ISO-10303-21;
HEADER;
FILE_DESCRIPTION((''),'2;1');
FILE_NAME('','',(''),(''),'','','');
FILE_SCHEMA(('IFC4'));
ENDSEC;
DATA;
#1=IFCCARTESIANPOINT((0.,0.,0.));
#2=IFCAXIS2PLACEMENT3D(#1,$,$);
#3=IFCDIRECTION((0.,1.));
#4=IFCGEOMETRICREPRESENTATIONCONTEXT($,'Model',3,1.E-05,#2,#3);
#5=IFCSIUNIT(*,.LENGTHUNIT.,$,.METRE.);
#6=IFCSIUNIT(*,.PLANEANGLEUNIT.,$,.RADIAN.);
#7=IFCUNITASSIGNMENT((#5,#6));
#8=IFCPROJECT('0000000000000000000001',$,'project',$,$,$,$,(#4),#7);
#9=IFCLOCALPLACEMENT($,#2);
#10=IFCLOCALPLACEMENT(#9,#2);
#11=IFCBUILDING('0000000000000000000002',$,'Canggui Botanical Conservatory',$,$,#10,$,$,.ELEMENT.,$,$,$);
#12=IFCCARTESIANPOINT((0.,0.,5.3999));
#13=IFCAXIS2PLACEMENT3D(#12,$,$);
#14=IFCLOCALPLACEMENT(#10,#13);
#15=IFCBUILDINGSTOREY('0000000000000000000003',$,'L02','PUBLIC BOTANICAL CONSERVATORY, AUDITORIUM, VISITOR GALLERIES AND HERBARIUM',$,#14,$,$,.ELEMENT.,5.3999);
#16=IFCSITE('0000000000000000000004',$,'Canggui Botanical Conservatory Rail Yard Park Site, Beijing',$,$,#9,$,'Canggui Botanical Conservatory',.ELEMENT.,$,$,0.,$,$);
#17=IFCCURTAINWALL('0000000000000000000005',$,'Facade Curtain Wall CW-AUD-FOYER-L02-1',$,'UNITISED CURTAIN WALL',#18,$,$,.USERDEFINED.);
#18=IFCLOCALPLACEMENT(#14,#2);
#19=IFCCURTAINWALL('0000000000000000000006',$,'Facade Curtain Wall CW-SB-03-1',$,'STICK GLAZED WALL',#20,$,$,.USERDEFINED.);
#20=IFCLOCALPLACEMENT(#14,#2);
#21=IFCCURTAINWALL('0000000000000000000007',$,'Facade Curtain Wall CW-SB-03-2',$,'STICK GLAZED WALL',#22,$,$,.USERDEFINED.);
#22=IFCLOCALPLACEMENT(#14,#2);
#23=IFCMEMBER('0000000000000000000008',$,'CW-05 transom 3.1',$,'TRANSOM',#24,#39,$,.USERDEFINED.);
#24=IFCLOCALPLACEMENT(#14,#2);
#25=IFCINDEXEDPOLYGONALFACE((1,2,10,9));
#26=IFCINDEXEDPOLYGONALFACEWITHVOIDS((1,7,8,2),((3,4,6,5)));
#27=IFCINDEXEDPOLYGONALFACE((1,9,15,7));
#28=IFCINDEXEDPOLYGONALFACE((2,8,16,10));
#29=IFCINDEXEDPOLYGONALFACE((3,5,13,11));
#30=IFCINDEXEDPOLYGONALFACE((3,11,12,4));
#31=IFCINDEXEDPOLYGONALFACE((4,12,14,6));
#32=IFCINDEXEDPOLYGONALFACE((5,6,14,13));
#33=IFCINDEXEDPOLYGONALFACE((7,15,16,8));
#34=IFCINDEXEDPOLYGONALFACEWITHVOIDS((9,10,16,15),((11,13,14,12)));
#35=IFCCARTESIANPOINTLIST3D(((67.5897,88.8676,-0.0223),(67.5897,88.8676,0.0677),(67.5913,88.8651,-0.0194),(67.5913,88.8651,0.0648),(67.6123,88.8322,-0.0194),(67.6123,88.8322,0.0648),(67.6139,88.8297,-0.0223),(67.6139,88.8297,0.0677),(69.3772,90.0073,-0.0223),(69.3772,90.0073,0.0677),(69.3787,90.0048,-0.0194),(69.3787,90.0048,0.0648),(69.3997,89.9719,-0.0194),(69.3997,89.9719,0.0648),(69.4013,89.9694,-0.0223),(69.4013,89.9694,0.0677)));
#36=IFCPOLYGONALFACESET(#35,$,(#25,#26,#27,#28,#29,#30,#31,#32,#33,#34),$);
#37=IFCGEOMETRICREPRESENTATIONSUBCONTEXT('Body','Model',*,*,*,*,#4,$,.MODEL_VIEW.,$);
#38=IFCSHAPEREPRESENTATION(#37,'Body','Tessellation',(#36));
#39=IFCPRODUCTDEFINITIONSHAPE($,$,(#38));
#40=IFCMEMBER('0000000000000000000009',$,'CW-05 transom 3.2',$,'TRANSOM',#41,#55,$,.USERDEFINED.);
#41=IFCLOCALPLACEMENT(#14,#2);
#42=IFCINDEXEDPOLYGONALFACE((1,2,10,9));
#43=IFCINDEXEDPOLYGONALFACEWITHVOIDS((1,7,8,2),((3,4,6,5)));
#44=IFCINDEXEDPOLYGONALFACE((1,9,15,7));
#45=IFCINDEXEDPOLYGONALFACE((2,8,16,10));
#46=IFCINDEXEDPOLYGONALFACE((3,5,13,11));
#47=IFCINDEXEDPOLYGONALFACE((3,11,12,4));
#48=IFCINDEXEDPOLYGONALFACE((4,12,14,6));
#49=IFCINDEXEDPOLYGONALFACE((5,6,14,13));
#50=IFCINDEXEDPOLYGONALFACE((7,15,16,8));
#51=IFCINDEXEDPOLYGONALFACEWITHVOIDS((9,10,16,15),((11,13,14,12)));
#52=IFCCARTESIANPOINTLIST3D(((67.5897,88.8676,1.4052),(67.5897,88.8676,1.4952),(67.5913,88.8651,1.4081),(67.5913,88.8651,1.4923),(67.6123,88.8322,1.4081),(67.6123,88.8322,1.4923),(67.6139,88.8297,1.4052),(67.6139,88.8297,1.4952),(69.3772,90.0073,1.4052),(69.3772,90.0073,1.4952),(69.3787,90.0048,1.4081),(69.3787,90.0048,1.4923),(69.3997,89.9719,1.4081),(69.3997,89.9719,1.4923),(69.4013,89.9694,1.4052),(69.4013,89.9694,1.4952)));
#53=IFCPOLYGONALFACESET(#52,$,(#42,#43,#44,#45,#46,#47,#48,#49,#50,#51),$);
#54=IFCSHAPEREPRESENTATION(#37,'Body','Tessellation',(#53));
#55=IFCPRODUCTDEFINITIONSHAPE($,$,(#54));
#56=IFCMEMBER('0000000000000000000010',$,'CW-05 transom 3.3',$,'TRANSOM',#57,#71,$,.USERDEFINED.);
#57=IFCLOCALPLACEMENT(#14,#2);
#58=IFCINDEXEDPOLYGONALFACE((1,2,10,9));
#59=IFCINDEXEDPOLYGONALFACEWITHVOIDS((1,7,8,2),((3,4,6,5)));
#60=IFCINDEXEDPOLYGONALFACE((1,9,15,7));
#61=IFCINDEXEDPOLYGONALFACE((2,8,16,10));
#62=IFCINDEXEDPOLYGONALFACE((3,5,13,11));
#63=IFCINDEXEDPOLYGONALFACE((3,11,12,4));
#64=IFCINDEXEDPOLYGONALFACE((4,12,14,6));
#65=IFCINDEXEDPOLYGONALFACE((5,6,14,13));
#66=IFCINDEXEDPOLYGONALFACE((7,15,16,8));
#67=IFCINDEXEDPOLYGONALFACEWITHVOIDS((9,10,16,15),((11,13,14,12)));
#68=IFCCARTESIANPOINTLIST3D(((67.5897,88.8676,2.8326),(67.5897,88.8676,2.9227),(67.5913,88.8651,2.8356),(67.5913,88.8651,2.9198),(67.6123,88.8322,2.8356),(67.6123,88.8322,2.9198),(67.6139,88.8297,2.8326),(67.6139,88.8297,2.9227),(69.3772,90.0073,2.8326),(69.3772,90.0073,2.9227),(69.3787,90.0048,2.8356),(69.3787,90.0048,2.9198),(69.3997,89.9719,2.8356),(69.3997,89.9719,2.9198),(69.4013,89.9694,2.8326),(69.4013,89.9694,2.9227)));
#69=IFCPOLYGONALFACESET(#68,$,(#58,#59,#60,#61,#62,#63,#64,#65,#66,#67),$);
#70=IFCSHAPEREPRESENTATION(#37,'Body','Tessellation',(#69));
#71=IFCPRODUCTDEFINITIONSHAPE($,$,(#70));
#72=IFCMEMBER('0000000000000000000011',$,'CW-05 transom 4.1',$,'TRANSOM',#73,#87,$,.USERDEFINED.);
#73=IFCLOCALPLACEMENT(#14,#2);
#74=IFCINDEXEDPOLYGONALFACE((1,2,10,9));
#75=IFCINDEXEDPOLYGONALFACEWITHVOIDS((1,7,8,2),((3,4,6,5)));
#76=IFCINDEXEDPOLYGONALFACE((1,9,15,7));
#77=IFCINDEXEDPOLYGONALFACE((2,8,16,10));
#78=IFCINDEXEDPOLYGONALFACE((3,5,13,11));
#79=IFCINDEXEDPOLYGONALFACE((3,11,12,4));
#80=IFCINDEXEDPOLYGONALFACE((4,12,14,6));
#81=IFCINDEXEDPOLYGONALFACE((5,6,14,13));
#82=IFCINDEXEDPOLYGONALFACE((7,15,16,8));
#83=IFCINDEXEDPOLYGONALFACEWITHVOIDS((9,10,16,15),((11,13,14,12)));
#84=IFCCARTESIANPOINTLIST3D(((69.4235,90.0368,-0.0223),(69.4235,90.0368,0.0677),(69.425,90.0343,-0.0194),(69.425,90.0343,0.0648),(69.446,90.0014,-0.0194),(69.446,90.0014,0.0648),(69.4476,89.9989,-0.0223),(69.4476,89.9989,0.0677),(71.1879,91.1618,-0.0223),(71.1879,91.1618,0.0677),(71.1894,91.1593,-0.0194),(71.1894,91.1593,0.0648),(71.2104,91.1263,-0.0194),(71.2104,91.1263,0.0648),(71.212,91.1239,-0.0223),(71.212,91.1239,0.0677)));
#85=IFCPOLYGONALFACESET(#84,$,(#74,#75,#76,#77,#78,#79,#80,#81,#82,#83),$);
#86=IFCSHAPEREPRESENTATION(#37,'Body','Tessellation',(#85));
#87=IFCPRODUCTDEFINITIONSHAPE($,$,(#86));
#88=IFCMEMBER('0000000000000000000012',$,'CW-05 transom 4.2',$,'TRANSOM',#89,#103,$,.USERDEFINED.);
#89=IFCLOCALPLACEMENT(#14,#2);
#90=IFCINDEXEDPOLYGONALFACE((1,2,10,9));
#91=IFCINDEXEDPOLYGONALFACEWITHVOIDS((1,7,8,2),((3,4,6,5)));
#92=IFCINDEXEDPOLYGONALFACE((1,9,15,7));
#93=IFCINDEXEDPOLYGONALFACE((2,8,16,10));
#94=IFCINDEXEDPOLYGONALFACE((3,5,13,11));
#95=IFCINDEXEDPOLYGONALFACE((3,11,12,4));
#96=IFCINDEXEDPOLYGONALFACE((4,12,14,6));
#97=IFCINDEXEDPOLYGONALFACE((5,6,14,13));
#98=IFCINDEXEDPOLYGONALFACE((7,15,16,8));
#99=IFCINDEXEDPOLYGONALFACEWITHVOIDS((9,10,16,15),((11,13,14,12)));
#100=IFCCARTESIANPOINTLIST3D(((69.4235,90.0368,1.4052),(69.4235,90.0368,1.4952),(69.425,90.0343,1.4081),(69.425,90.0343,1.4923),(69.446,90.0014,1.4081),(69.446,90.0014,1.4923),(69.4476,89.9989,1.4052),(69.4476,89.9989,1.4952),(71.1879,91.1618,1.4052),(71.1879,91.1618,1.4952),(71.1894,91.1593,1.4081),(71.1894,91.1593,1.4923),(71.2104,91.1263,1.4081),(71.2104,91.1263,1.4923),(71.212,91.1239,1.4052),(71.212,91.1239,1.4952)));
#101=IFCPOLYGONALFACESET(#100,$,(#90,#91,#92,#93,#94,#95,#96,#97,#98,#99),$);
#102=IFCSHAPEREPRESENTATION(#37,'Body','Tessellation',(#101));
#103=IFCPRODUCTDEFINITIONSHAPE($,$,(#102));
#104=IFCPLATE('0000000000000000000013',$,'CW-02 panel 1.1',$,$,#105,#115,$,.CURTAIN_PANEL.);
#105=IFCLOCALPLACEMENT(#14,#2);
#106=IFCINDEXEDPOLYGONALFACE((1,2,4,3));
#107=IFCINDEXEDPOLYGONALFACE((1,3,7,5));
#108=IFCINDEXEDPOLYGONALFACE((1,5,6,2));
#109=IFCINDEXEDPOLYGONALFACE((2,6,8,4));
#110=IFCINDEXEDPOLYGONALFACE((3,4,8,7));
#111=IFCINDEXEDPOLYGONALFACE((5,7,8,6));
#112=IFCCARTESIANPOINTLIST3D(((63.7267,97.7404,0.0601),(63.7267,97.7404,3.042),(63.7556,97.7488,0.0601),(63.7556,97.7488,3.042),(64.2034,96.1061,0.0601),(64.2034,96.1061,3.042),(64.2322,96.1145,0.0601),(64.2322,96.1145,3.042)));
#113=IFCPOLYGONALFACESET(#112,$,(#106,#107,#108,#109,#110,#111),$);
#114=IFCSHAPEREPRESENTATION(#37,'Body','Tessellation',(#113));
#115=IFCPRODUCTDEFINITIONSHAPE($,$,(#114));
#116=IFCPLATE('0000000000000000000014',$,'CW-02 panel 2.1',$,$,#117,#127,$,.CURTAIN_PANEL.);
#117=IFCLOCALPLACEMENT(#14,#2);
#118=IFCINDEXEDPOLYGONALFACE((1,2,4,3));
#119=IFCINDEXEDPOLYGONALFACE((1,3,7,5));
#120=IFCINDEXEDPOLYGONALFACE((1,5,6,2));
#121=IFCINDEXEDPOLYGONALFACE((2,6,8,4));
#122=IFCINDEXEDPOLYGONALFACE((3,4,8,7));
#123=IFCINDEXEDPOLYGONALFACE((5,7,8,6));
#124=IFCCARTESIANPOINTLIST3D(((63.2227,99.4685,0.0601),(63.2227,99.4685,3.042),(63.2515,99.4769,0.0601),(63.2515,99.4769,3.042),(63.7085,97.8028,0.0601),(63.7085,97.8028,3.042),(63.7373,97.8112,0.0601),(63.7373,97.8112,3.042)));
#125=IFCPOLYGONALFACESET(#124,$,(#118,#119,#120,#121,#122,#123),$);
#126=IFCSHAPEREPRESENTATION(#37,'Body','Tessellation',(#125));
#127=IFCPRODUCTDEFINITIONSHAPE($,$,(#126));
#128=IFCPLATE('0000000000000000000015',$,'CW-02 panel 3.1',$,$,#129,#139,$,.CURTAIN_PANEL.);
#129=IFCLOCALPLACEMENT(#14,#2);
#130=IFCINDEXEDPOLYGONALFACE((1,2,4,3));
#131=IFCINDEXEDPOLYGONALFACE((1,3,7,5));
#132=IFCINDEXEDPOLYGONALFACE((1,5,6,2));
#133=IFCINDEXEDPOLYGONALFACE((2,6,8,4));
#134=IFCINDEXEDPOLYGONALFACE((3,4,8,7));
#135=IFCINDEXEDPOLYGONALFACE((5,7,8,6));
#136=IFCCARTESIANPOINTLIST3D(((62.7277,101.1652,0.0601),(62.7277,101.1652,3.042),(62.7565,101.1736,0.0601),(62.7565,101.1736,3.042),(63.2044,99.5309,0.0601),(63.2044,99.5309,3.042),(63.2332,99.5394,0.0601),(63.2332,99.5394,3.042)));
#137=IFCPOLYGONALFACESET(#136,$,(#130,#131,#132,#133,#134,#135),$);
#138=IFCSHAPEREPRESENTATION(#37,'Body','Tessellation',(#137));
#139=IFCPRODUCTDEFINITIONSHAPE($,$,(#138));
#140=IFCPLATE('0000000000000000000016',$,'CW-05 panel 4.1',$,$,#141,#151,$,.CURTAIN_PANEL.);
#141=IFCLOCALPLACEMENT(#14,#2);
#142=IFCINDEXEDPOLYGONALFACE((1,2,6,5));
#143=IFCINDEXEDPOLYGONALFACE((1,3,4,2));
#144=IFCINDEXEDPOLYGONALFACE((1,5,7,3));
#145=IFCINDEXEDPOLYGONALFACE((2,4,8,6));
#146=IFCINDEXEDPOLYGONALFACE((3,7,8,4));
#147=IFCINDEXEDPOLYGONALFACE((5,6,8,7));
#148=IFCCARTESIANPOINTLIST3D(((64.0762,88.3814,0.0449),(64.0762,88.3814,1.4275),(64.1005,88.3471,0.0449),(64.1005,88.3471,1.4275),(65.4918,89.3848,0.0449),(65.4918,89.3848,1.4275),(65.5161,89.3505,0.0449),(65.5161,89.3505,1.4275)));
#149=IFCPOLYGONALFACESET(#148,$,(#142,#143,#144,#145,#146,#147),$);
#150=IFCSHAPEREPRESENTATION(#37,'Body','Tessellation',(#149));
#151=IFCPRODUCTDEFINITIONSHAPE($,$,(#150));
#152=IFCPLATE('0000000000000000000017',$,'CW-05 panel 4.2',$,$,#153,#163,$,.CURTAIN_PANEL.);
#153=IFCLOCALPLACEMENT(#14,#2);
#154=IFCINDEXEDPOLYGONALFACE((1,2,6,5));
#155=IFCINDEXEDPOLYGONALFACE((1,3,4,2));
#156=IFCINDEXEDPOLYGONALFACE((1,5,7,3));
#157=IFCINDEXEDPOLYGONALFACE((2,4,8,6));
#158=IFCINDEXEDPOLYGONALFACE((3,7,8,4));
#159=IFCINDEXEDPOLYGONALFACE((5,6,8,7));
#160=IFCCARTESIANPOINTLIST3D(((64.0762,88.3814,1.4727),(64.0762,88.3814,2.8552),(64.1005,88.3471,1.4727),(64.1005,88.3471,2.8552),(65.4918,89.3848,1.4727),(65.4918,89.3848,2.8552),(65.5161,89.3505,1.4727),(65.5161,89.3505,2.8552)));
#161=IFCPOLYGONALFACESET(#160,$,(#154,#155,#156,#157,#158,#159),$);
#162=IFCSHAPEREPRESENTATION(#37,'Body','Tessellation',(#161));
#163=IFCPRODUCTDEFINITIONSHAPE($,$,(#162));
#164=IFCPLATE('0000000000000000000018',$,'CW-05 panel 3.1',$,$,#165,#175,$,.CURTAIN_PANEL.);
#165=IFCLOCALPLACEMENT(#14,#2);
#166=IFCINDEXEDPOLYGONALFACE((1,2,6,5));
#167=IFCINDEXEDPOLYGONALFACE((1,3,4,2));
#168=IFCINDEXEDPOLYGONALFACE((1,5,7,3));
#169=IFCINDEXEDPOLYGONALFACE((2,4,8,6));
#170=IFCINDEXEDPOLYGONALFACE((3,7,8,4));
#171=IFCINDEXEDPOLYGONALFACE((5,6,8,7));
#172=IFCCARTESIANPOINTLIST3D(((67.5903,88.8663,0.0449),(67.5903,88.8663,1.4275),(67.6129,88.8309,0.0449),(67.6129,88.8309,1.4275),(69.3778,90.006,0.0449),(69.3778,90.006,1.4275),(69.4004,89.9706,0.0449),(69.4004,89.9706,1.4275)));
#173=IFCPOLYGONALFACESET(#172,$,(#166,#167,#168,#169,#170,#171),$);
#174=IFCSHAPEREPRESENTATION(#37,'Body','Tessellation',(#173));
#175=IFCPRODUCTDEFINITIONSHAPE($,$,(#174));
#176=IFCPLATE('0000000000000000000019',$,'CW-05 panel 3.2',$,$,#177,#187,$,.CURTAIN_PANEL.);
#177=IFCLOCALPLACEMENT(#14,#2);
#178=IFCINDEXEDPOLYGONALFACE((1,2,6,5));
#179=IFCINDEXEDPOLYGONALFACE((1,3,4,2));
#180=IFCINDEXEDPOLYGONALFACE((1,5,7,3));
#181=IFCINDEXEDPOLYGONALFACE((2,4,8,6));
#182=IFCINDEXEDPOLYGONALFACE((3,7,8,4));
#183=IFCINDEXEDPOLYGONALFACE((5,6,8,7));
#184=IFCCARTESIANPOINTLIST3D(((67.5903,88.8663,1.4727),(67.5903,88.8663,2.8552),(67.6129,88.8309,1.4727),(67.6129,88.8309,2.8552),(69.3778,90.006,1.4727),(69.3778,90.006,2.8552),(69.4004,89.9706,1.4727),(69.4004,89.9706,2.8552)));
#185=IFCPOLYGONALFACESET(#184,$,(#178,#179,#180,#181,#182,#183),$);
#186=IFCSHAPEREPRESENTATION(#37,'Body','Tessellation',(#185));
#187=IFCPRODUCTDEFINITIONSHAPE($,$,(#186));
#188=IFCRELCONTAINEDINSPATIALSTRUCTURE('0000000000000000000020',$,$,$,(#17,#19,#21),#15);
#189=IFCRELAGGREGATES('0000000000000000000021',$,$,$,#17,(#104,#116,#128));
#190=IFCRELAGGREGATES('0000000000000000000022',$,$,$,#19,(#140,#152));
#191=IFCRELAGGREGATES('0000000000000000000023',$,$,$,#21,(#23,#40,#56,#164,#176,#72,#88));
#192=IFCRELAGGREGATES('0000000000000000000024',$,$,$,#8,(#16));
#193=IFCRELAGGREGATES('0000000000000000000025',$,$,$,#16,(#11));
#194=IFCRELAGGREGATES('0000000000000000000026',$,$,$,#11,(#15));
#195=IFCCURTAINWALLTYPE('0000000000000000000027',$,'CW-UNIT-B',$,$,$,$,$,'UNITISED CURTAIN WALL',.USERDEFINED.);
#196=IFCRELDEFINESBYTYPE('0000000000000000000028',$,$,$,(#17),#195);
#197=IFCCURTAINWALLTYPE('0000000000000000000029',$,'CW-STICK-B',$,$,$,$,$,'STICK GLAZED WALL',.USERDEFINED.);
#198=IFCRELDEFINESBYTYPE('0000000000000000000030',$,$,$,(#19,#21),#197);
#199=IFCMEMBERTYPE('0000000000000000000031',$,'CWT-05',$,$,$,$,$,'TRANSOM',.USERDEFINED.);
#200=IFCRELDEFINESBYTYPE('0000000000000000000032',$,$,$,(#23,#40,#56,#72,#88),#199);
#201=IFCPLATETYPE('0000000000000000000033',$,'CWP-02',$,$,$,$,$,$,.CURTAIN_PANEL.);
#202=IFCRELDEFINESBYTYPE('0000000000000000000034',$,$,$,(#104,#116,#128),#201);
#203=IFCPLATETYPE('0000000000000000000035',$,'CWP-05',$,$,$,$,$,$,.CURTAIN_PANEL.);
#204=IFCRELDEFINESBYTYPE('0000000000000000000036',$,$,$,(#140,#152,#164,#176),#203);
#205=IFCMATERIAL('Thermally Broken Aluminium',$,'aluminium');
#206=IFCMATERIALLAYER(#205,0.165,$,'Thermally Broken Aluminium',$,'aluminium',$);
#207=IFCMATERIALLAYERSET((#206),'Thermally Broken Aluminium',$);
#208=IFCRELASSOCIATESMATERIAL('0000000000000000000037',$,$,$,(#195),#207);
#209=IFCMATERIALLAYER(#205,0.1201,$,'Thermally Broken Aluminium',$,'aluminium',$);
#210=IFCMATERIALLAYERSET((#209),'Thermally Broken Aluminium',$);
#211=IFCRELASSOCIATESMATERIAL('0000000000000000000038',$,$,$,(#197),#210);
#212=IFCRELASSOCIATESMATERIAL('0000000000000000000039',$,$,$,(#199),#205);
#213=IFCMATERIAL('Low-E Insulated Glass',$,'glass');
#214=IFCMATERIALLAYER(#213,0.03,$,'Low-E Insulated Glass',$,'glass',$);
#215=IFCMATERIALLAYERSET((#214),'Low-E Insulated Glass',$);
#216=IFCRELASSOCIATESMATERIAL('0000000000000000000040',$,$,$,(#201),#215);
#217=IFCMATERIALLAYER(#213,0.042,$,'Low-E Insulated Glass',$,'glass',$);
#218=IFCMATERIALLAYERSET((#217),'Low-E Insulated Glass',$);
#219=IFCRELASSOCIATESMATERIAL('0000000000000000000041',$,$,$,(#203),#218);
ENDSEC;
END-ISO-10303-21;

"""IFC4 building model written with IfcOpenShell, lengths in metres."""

from ifc_helpers import new_model, si_unit, direction, frame, origin, origin_2d, place, context, subcontext, project, spatial, rectangle, hollow_rectangle, extrude, material, layer, layer_set, material_profile, profile_set, type_object, element, aggregate, save


model = new_model("IFC4")

# Units and contexts
model_context = context("Model", 3, precision=1e-05, world=origin(), true_north=direction((0.0, 1.0)))
body_context = subcontext(model_context, "Body", "Model", "MODEL_VIEW")
ifc_project = project(units=[si_unit("LENGTHUNIT", "METRE"), si_unit("PLANEANGLEUNIT", "RADIAN")], contexts=[model_context])

# Site, building, storey
site_placement = place(None, origin())
site = spatial("IfcSite", under=ifc_project, at=site_placement, Name="Canggui Botanical Conservatory Rail Yard Park Site, Beijing", LongName="Canggui Botanical Conservatory", CompositionType="ELEMENT", RefElevation=0.0)
building_placement = place(site_placement, origin())
building = spatial("IfcBuilding", under=site, at=building_placement, Name="Canggui Botanical Conservatory", CompositionType="ELEMENT")
storey_placement = place(building_placement, frame((0.0, 0.0, 5.3999)))
storey = spatial("IfcBuildingStorey", under=building, at=storey_placement, Name="L02", Description="PUBLIC BOTANICAL CONSERVATORY, AUDITORIUM, VISITOR GALLERIES AND HERBARIUM", CompositionType="ELEMENT", Elevation=5.3999)

# Curtain wall
ifc_material_1 = material(Name="Thermally Broken Aluminium", Category="aluminium")
ifc_layer_1 = layer(ifc_material_1, 0.165, Name="Thermally Broken Aluminium", Category="aluminium")
ifc_layer_set_1 = layer_set([ifc_layer_1], Name="Thermally Broken Aluminium")
curtain_wall_type_1 = type_object("IfcCurtainWallType", Name="CW-UNIT-B", ElementType="UNITISED CURTAIN WALL", PredefinedType="USERDEFINED", material=ifc_layer_set_1)
curtain_wall_1_placement = place(storey_placement, origin())
curtain_wall_1 = element("IfcCurtainWall", 1, at=curtain_wall_1_placement, inside=storey, type_object=curtain_wall_type_1, Name="Facade Curtain Wall CW-AUD-FOYER-L02-1", ObjectType="UNITISED CURTAIN WALL", PredefinedType="USERDEFINED")

# Curtain wall
ifc_layer_2 = layer(ifc_material_1, 0.1201, Name="Thermally Broken Aluminium", Category="aluminium")
ifc_layer_set_2 = layer_set([ifc_layer_2], Name="Thermally Broken Aluminium")
curtain_wall_type_2 = type_object("IfcCurtainWallType", Name="CW-STICK-B", ElementType="STICK GLAZED WALL", PredefinedType="USERDEFINED", material=ifc_layer_set_2)
curtain_wall_2_placement = place(storey_placement, origin())
curtain_wall_2 = element("IfcCurtainWall", 2, at=curtain_wall_2_placement, inside=storey, type_object=curtain_wall_type_2, Name="Facade Curtain Wall CW-SB-03-1", ObjectType="STICK GLAZED WALL", PredefinedType="USERDEFINED")

# Curtain wall
curtain_wall_3_placement = place(storey_placement, origin())
curtain_wall_3 = element("IfcCurtainWall", 3, at=curtain_wall_3_placement, inside=storey, type_object=curtain_wall_type_2, Name="Facade Curtain Wall CW-SB-03-2", ObjectType="STICK GLAZED WALL", PredefinedType="USERDEFINED")

# Members
ifc_material_profile_1 = material_profile(ifc_material_1, hollow_rectangle(XDim=0.0449, YDim=0.0901, WallThickness=0.0029, at=origin_2d()), Name="CWT 45x90x3")
ifc_profile_set_1 = profile_set([ifc_material_profile_1], Name="Thermally Broken Aluminium")
member_type_1 = type_object("IfcMemberType", Name="CWT-05", ElementType="TRANSOM", PredefinedType="USERDEFINED", material=ifc_profile_set_1)
member_1_placement = place(storey_placement, frame((67.6018, 88.8486, 0.0227), z_axis=(0.843182, 0.537628, 0.0), x_axis=(-0.537628, 0.843182, 0.0)))
member_1 = element("IfcMember", 4, at=member_1_placement, type_object=member_type_1, Name="CW-05 transom 3.1", ObjectType="TRANSOM", PredefinedType="USERDEFINED", context=body_context, shape_type="SweptSolid", body=[
    extrude(hollow_rectangle(XDim=0.0449, YDim=0.0901, WallThickness=0.0029, at=origin_2d()), origin(), (0.0, 0.0, 1.0), 2.1199),
])
member_2_placement = place(storey_placement, frame((67.6018, 88.8486, 1.4502), z_axis=(0.843182, 0.537628, 0.0), x_axis=(-0.537628, 0.843182, 0.0)))
member_2 = element("IfcMember", 5, at=member_2_placement, type_object=member_type_1, Name="CW-05 transom 3.2", ObjectType="TRANSOM", PredefinedType="USERDEFINED", context=body_context, shape_type="SweptSolid", body=[
    extrude(hollow_rectangle(XDim=0.0449, YDim=0.0901, WallThickness=0.0029, at=origin_2d()), origin(), (0.0, 0.0, 1.0), 2.1199),
])
member_3_placement = place(storey_placement, frame((67.6018, 88.8486, 2.8777), z_axis=(0.843182, 0.537628, 0.0), x_axis=(-0.537628, 0.843182, 0.0)))
member_3 = element("IfcMember", 6, at=member_3_placement, type_object=member_type_1, Name="CW-05 transom 3.3", ObjectType="TRANSOM", PredefinedType="USERDEFINED", context=body_context, shape_type="SweptSolid", body=[
    extrude(hollow_rectangle(XDim=0.0449, YDim=0.0901, WallThickness=0.0029, at=origin_2d()), origin(), (0.0, 0.0, 1.0), 2.1199),
])
member_4_placement = place(storey_placement, frame((69.4355, 90.0178, 0.0227), z_axis=(0.843186, 0.537623, 0.0), x_axis=(-0.537623, 0.843186, 0.0)))
member_4 = element("IfcMember", 7, at=member_4_placement, type_object=member_type_1, Name="CW-05 transom 4.1", ObjectType="TRANSOM", PredefinedType="USERDEFINED", context=body_context, shape_type="SweptSolid", body=[
    extrude(hollow_rectangle(XDim=0.0449, YDim=0.0901, WallThickness=0.0029, at=origin_2d()), origin(), (0.0, 0.0, 1.0), 2.0925),
])
member_5_placement = place(storey_placement, frame((69.4355, 90.0178, 1.4502), z_axis=(0.843186, 0.537623, 0.0), x_axis=(-0.537623, 0.843186, 0.0)))
member_5 = element("IfcMember", 8, at=member_5_placement, type_object=member_type_1, Name="CW-05 transom 4.2", ObjectType="TRANSOM", PredefinedType="USERDEFINED", context=body_context, shape_type="SweptSolid", body=[
    extrude(hollow_rectangle(XDim=0.0449, YDim=0.0901, WallThickness=0.0029, at=origin_2d()), origin(), (0.0, 0.0, 1.0), 2.0925),
])

# Plates
ifc_material_2 = material(Name="Low-E Insulated Glass", Category="glass")
ifc_layer_3 = layer(ifc_material_2, 0.03, Name="Low-E Insulated Glass", Category="glass")
ifc_layer_set_3 = layer_set([ifc_layer_3], Name="Low-E Insulated Glass")
plate_type_1 = type_object("IfcPlateType", Name="CWP-02", PredefinedType="CURTAIN_PANEL", material=ifc_layer_set_3)
plate_1_placement = place(storey_placement, frame((63.9795, 96.9275, 0.0601), z_axis=(0.0, 0.0, 1.0), x_axis=(-0.28, 0.96, 0.0)))
plate_1 = element("IfcPlate", 9, at=plate_1_placement, type_object=plate_type_1, Name="CW-02 panel 1.1", PredefinedType="CURTAIN_PANEL", context=body_context, shape_type="SweptSolid", body=[
    extrude(rectangle(XDim=1.7024, YDim=0.03, at=origin_2d()), origin(), (0.0, 0.0, 1.0), 2.9819),
])
plate_2_placement = place(storey_placement, frame((63.48, 98.6399, 0.0601), z_axis=(0.0, 0.0, 1.0), x_axis=(-0.28, 0.96, 0.0)))
plate_2 = element("IfcPlate", 10, at=plate_2_placement, type_object=plate_type_1, Name="CW-02 panel 2.1", PredefinedType="CURTAIN_PANEL", context=body_context, shape_type="SweptSolid", body=[
    extrude(rectangle(XDim=1.7351, YDim=0.03, at=origin_2d()), origin(), (0.0, 0.0, 1.0), 2.9819),
])
plate_3_placement = place(storey_placement, frame((62.9805, 100.3523, 0.0601), z_axis=(0.0, 0.0, 1.0), x_axis=(-0.28, 0.96, 0.0)))
plate_3 = element("IfcPlate", 11, at=plate_3_placement, type_object=plate_type_1, Name="CW-02 panel 3.1", PredefinedType="CURTAIN_PANEL", context=body_context, shape_type="SweptSolid", body=[
    extrude(rectangle(XDim=1.7024, YDim=0.03, at=origin_2d()), origin(), (0.0, 0.0, 1.0), 2.9819),
])
aggregate(curtain_wall_1, [plate_1, plate_2, plate_3])
ifc_layer_4 = layer(ifc_material_2, 0.042, Name="Low-E Insulated Glass", Category="glass")
ifc_layer_set_4 = layer_set([ifc_layer_4], Name="Low-E Insulated Glass")
plate_type_2 = type_object("IfcPlateType", Name="CWP-05", PredefinedType="CURTAIN_PANEL", material=ifc_layer_set_4)
plate_4_placement = place(storey_placement, frame((64.7961, 88.866, 0.0449), z_axis=(0.0, 0.0, 1.0), x_axis=(0.815837, 0.578282, 0.0)))
plate_4 = element("IfcPlate", 12, at=plate_4_placement, type_object=plate_type_2, Name="CW-05 panel 4.1", PredefinedType="CURTAIN_PANEL", context=body_context, shape_type="SweptSolid", body=[
    extrude(rectangle(XDim=1.7351, YDim=0.042, at=origin_2d()), origin(), (0.0, 0.0, 1.0), 1.3826),
])
plate_5_placement = place(storey_placement, frame((64.7961, 88.866, 1.4727), z_axis=(0.0, 0.0, 1.0), x_axis=(0.815837, 0.578282, 0.0)))
plate_5 = element("IfcPlate", 13, at=plate_5_placement, type_object=plate_type_2, Name="CW-05 panel 4.2", PredefinedType="CURTAIN_PANEL", context=body_context, shape_type="SweptSolid", body=[
    extrude(rectangle(XDim=1.7351, YDim=0.042, at=origin_2d()), origin(), (0.0, 0.0, 1.0), 1.3826),
])
aggregate(curtain_wall_2, [plate_4, plate_5])
plate_6_placement = place(storey_placement, frame((68.4954, 89.4185, 0.0449), z_axis=(0.0, 0.0, 1.0), x_axis=(0.8432, 0.5376, 0.0)))
plate_6 = element("IfcPlate", 14, at=plate_6_placement, type_object=plate_type_2, Name="CW-05 panel 3.1", PredefinedType="CURTAIN_PANEL", context=body_context, shape_type="SweptSolid", body=[
    extrude(rectangle(XDim=2.1199, YDim=0.042, at=origin_2d()), origin(), (0.0, 0.0, 1.0), 1.3826),
])
plate_7_placement = place(storey_placement, frame((68.4954, 89.4185, 1.4727), z_axis=(0.0, 0.0, 1.0), x_axis=(0.8432, 0.5376, 0.0)))
plate_7 = element("IfcPlate", 15, at=plate_7_placement, type_object=plate_type_2, Name="CW-05 panel 3.2", PredefinedType="CURTAIN_PANEL", context=body_context, shape_type="SweptSolid", body=[
    extrude(rectangle(XDim=2.1199, YDim=0.042, at=origin_2d()), origin(), (0.0, 0.0, 1.0), 1.3826),
])
aggregate(curtain_wall_3, [member_1, member_2, member_3, plate_6, plate_7, member_4, member_5])

save(model, "model.ifc")
